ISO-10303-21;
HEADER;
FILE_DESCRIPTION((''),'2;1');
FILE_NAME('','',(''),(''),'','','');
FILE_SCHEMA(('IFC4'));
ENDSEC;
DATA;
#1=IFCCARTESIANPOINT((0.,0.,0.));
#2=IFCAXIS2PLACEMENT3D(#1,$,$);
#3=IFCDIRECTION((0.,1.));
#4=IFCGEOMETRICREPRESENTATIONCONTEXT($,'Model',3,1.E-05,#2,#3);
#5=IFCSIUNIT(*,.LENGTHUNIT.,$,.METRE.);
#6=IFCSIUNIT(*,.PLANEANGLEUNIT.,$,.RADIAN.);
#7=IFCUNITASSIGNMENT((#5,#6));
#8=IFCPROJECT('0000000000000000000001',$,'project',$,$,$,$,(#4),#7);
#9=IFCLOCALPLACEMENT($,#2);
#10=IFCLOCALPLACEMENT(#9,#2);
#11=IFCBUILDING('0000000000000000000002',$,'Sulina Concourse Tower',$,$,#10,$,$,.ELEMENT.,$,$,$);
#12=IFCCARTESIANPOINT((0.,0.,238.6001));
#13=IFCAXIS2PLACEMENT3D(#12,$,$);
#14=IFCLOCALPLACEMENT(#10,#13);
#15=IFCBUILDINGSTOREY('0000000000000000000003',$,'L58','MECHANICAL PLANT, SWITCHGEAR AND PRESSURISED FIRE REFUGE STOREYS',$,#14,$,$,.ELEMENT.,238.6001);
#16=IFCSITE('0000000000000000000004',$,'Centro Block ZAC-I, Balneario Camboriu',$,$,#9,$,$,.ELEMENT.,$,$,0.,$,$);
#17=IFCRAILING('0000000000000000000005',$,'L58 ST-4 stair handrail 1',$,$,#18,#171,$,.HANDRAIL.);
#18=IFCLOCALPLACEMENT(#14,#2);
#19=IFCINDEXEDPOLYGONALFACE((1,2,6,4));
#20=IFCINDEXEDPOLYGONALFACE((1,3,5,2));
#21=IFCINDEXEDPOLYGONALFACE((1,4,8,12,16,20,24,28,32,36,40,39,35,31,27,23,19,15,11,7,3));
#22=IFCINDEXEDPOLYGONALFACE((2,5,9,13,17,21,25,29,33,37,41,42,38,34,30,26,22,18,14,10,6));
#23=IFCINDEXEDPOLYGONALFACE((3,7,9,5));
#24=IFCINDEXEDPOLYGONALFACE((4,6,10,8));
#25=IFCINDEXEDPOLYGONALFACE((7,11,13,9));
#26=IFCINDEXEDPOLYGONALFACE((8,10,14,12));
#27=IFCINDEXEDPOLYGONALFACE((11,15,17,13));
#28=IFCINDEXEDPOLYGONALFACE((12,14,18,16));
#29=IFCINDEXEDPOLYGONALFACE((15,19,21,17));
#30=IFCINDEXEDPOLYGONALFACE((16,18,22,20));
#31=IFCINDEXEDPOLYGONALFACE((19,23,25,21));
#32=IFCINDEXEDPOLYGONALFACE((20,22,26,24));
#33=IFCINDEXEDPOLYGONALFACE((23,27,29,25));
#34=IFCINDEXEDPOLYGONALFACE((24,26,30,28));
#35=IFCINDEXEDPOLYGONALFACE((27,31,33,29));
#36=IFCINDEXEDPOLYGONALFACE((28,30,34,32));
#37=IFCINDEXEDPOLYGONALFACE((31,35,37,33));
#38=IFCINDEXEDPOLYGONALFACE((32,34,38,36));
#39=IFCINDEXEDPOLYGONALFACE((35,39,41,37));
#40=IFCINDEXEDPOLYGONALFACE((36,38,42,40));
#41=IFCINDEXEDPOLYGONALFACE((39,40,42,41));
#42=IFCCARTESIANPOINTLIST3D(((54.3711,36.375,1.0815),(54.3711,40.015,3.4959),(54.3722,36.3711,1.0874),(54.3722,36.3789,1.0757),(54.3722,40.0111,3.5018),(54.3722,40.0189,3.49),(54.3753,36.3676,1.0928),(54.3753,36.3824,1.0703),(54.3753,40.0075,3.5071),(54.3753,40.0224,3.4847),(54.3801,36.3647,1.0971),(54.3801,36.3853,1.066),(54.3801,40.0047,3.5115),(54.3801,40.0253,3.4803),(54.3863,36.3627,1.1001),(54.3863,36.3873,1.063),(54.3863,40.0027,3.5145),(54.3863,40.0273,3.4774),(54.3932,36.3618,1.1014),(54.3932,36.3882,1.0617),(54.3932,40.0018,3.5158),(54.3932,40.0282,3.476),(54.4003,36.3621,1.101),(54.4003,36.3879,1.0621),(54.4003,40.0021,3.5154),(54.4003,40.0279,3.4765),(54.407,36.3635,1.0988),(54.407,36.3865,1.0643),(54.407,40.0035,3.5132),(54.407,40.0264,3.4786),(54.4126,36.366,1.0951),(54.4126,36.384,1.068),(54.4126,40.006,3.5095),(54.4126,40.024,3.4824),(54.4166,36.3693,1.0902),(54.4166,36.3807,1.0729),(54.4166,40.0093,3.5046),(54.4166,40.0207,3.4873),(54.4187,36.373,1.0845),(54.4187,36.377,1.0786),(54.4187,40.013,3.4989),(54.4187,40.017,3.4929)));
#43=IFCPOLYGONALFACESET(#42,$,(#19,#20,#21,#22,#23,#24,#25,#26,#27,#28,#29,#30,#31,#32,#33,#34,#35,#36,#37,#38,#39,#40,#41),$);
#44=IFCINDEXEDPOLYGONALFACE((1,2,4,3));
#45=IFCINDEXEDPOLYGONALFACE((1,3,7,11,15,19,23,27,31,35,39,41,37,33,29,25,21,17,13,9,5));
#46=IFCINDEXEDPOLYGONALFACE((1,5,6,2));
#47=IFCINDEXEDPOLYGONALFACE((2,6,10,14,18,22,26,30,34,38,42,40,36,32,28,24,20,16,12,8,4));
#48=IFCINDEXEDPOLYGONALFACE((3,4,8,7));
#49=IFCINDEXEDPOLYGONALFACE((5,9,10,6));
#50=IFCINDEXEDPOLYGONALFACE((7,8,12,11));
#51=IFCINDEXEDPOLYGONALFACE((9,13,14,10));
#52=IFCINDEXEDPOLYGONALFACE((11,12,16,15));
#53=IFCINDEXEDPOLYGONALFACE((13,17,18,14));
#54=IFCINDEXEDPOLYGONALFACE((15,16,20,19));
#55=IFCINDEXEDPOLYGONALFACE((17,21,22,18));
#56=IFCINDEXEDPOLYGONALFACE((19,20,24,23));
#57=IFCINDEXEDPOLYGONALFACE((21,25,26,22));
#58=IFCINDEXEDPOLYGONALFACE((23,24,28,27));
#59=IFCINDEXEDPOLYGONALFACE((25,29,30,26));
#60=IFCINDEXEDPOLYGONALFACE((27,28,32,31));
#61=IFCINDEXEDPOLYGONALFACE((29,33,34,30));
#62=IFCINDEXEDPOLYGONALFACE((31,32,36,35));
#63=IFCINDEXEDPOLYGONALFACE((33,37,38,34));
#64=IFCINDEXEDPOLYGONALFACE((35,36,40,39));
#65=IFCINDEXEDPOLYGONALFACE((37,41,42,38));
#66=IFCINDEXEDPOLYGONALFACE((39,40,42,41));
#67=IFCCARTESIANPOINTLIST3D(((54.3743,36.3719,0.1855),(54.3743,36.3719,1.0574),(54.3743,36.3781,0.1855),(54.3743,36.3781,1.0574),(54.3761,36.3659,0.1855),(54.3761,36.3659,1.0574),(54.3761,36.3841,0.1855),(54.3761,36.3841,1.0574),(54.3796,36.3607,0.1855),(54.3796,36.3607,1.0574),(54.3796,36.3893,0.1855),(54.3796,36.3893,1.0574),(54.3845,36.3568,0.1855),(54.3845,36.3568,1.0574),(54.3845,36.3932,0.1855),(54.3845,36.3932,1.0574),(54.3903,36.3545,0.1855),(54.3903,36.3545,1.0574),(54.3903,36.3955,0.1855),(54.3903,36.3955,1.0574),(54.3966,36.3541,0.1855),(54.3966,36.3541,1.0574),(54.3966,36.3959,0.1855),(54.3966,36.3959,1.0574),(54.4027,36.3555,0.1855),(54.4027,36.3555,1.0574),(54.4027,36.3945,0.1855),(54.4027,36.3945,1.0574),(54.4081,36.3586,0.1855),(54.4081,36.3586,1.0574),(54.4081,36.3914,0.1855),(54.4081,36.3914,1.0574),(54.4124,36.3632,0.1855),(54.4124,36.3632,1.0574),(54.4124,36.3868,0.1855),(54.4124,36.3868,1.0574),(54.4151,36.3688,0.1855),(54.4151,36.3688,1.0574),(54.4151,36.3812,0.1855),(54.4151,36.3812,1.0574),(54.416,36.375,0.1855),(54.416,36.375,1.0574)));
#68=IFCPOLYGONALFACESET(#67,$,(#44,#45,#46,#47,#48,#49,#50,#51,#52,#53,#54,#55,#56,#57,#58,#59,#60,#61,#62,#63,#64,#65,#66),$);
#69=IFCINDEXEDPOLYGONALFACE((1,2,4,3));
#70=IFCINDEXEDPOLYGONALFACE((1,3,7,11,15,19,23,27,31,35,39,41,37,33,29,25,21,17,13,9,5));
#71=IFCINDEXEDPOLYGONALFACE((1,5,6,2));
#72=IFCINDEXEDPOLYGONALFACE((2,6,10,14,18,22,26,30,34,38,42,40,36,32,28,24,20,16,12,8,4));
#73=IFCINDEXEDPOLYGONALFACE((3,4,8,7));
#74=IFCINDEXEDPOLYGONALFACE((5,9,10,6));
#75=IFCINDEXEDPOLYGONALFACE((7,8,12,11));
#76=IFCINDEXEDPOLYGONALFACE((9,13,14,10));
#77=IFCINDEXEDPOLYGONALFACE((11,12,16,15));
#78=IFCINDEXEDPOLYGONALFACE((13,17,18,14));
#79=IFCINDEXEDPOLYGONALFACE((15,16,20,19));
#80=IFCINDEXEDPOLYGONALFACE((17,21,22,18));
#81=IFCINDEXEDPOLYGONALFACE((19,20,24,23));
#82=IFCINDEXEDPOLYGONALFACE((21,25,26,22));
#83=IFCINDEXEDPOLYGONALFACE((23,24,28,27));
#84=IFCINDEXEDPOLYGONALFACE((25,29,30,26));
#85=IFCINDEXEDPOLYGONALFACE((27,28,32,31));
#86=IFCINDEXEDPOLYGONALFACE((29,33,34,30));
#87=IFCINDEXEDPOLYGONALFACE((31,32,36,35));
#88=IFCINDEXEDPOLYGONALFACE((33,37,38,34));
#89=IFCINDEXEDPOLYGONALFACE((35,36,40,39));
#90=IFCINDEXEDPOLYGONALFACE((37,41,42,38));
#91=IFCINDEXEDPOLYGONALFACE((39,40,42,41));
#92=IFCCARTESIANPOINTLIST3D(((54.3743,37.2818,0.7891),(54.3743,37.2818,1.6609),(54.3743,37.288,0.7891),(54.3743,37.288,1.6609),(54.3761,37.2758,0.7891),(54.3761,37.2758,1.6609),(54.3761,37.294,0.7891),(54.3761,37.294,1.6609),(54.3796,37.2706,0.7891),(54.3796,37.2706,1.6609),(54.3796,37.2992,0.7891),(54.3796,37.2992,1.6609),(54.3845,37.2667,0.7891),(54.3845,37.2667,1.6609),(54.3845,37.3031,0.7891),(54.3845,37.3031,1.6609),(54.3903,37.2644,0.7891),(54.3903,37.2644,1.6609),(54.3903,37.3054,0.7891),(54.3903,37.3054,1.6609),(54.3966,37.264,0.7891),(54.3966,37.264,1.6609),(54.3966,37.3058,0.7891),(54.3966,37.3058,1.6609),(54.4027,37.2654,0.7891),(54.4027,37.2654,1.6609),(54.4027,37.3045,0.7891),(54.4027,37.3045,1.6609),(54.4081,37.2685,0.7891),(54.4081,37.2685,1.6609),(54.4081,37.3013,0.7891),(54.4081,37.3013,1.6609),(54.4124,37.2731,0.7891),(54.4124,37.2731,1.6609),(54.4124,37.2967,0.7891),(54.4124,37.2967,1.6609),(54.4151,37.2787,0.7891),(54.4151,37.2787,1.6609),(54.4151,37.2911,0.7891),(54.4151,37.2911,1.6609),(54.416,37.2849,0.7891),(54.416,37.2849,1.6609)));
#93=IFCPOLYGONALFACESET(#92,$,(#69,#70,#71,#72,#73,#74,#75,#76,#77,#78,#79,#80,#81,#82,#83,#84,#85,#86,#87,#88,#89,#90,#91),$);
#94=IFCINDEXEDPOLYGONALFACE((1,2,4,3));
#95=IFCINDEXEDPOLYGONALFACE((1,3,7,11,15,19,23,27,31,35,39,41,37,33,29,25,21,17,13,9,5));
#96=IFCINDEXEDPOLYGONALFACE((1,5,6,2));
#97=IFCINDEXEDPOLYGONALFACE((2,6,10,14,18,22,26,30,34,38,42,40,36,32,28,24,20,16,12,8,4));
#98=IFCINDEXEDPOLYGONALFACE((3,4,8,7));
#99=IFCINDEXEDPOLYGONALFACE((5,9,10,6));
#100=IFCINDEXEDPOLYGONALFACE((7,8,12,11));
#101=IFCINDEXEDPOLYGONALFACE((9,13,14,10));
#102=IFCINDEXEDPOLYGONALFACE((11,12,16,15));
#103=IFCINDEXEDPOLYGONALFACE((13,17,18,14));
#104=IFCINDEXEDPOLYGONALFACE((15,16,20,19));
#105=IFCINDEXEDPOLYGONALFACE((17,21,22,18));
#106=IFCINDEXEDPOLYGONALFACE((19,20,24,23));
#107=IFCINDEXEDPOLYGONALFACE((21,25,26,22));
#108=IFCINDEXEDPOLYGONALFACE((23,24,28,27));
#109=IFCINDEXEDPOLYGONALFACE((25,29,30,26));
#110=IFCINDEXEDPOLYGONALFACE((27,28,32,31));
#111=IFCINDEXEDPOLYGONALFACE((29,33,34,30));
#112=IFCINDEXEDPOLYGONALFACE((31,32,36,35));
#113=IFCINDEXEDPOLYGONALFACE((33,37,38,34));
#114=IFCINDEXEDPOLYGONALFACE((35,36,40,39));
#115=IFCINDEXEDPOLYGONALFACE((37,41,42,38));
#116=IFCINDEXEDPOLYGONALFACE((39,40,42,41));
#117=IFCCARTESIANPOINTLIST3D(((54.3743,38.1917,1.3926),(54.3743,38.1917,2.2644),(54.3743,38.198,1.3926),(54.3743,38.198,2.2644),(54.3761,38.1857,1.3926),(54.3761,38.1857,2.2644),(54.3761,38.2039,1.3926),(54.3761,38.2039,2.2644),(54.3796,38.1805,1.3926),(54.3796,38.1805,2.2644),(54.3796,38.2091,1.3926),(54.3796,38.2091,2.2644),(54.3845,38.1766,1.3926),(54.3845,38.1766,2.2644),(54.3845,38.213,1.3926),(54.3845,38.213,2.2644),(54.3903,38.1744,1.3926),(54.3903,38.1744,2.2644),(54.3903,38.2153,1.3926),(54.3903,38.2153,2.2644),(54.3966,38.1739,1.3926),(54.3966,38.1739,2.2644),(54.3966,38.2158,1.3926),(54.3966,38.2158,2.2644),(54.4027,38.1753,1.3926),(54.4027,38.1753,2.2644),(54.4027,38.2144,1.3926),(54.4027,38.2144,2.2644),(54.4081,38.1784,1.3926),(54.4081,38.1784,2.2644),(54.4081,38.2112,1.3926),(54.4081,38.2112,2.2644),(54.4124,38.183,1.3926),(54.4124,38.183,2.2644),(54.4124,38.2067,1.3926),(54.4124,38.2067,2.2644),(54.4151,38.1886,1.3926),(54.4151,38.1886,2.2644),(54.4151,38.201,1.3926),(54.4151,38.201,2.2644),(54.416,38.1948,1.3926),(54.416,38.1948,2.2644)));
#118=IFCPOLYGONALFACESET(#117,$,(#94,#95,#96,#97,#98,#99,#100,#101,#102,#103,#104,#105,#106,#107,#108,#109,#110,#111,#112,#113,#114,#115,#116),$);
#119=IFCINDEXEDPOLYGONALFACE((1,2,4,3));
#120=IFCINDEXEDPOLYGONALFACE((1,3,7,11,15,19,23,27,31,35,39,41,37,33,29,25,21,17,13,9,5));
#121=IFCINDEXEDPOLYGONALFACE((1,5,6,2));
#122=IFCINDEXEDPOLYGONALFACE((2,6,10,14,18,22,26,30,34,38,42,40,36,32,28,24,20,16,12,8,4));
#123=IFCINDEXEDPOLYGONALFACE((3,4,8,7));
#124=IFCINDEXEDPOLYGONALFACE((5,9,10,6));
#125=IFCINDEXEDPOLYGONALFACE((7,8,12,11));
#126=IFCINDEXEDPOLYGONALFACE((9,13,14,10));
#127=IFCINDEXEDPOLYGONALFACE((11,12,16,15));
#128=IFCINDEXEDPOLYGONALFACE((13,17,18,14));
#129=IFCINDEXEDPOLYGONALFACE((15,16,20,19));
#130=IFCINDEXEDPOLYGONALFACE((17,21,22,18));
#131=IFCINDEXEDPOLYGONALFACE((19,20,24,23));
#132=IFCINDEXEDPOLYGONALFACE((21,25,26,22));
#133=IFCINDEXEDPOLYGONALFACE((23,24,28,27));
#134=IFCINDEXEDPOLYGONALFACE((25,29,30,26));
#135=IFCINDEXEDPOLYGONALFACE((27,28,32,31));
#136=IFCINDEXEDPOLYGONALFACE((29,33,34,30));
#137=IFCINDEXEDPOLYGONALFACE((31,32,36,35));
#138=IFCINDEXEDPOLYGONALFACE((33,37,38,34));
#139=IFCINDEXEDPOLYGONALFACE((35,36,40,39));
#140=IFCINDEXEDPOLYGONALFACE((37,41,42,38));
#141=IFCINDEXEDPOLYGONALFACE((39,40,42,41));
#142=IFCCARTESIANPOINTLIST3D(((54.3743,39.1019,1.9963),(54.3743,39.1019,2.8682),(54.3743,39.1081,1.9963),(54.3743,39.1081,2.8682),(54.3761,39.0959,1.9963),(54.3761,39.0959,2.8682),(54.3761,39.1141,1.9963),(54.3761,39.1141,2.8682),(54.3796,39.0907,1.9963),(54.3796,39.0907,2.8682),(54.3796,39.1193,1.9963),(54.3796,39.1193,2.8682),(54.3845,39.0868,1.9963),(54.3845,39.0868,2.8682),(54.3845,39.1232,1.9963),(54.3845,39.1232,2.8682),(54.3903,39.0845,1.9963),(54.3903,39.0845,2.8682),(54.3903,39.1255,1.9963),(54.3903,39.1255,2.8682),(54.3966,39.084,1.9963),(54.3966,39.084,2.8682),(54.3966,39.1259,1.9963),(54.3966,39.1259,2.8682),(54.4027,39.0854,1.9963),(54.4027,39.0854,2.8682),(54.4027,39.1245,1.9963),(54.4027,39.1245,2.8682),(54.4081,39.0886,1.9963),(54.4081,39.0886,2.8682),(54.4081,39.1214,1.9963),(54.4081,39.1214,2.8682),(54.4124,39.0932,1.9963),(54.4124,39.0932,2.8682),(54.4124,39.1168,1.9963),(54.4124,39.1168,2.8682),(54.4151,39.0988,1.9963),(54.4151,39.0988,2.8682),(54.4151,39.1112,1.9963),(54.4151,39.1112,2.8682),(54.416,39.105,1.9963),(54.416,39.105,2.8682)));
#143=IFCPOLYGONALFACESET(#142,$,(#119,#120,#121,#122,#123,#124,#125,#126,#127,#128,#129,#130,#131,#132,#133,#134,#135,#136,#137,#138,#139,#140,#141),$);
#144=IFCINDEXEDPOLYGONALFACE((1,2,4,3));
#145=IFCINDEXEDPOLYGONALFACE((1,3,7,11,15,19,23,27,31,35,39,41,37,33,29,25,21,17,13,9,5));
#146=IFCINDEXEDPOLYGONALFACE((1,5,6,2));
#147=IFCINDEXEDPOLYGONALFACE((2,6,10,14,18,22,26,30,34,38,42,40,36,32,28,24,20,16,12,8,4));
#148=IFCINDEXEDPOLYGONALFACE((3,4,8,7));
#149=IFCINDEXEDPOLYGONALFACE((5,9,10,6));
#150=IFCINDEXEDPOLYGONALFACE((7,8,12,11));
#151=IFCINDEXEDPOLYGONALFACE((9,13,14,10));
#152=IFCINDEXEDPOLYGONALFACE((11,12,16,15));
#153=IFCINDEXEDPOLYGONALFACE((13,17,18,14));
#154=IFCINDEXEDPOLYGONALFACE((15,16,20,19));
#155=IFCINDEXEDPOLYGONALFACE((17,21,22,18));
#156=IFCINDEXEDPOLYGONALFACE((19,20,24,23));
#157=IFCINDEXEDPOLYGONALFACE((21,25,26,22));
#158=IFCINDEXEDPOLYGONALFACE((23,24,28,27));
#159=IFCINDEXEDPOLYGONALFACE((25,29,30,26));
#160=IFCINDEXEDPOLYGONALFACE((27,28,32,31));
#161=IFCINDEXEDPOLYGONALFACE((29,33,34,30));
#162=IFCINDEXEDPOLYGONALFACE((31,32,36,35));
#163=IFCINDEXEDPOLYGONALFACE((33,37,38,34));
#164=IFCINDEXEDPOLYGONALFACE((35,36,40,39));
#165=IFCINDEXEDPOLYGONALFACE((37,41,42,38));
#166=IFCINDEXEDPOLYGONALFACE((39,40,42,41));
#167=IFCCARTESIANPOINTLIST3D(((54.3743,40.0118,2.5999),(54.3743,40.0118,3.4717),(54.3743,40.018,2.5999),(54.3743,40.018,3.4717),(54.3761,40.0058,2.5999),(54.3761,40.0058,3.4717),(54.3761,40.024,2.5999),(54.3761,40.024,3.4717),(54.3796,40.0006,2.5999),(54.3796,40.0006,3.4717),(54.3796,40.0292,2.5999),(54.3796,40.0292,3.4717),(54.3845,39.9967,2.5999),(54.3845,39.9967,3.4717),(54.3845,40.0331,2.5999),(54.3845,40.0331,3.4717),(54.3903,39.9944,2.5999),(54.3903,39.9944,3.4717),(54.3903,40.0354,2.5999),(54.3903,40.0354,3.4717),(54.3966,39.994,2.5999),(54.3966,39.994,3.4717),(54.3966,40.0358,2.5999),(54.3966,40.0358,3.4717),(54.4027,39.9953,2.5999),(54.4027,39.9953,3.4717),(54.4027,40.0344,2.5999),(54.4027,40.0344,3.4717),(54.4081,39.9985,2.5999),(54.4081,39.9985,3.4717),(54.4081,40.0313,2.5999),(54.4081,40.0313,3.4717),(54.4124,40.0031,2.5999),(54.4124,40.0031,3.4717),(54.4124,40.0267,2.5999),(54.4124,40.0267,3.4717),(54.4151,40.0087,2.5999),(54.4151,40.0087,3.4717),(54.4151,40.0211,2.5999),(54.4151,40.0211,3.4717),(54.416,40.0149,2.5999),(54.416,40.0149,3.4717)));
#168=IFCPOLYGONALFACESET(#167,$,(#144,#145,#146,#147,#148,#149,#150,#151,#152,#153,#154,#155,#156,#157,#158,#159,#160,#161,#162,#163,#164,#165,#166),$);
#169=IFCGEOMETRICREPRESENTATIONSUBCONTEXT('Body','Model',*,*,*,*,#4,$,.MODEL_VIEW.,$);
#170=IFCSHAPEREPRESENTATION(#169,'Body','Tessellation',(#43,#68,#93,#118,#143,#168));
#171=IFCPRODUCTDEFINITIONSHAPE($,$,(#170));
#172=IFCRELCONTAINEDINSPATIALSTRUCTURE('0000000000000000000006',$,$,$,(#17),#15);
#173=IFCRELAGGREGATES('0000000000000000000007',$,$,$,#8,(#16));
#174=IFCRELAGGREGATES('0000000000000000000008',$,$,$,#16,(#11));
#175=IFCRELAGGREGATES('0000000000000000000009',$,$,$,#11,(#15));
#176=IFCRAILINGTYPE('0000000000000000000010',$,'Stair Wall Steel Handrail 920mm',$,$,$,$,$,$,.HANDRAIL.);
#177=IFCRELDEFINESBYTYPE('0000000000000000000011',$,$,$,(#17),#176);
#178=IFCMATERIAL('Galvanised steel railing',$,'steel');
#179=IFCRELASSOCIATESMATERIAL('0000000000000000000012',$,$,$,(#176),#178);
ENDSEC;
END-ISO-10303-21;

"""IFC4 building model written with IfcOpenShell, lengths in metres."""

from ifc_helpers import new_model, si_unit, direction, frame, origin, origin_2d, place, context, subcontext, project, spatial, circle, extrude, material, type_object, element, save


model = new_model("IFC4")

# Units and contexts
model_context = context("Model", 3, precision=1e-05, world=origin(), true_north=direction((0.0, 1.0)))
body_context = subcontext(model_context, "Body", "Model", "MODEL_VIEW")
ifc_project = project(units=[si_unit("LENGTHUNIT", "METRE"), si_unit("PLANEANGLEUNIT", "RADIAN")], contexts=[model_context])

# Site, building, storey
site_placement = place(None, origin())
site = spatial("IfcSite", under=ifc_project, at=site_placement, Name="Centro Block ZAC-I, Balneario Camboriu", CompositionType="ELEMENT", RefElevation=0.0)
building_placement = place(site_placement, origin())
building = spatial("IfcBuilding", under=site, at=building_placement, Name="Sulina Concourse Tower", CompositionType="ELEMENT")
storey_placement = place(building_placement, frame((0.0, 0.0, 238.6001)))
storey = spatial("IfcBuildingStorey", under=building, at=storey_placement, Name="L58", Description="MECHANICAL PLANT, SWITCHGEAR AND PRESSURISED FIRE REFUGE STOREYS", CompositionType="ELEMENT", Elevation=238.6001)

# Railing
ifc_material_1 = material(Name="Galvanised steel railing", Category="steel")
railing_type_1 = type_object("IfcRailingType", Name="Stair Wall Steel Handrail 920mm", PredefinedType="HANDRAIL", material=ifc_material_1)
railing_1_placement = place(storey_placement, frame((54.395, 36.375, 0.1855)))
element("IfcRailing", 1, at=railing_1_placement, inside=storey, type_object=railing_type_1, Name="L58 ST-4 stair handrail 1", PredefinedType="HANDRAIL", context=body_context, shape_type="SweptSolid", body=[
    extrude(circle(Radius=0.0239, at=origin_2d()), frame((0.0, 0.0, 0.896), z_axis=(0.0, 0.833347, 0.552751), x_axis=(-1.0, 0.0, 0.0)), (0.0, 0.0, 1.0), 4.3679),
    extrude(circle(Radius=0.021, at=origin_2d()), origin(), (0.0, 0.0, 1.0), 0.8718),
    extrude(circle(Radius=0.021, at=origin_2d()), frame((0.0, 0.9099, 0.6035)), (0.0, 0.0, 1.0), 0.8718),
    extrude(circle(Radius=0.021, at=origin_2d()), frame((0.0, 1.8198, 1.207)), (0.0, 0.0, 1.0), 0.8718),
    extrude(circle(Radius=0.021, at=origin_2d()), frame((0.0, 2.73, 1.8108)), (0.0, 0.0, 1.0), 0.8718),
    extrude(circle(Radius=0.021, at=origin_2d()), frame((0.0, 3.6399, 2.4143)), (0.0, 0.0, 1.0), 0.8718),
])

save(model, "model.ifc")
